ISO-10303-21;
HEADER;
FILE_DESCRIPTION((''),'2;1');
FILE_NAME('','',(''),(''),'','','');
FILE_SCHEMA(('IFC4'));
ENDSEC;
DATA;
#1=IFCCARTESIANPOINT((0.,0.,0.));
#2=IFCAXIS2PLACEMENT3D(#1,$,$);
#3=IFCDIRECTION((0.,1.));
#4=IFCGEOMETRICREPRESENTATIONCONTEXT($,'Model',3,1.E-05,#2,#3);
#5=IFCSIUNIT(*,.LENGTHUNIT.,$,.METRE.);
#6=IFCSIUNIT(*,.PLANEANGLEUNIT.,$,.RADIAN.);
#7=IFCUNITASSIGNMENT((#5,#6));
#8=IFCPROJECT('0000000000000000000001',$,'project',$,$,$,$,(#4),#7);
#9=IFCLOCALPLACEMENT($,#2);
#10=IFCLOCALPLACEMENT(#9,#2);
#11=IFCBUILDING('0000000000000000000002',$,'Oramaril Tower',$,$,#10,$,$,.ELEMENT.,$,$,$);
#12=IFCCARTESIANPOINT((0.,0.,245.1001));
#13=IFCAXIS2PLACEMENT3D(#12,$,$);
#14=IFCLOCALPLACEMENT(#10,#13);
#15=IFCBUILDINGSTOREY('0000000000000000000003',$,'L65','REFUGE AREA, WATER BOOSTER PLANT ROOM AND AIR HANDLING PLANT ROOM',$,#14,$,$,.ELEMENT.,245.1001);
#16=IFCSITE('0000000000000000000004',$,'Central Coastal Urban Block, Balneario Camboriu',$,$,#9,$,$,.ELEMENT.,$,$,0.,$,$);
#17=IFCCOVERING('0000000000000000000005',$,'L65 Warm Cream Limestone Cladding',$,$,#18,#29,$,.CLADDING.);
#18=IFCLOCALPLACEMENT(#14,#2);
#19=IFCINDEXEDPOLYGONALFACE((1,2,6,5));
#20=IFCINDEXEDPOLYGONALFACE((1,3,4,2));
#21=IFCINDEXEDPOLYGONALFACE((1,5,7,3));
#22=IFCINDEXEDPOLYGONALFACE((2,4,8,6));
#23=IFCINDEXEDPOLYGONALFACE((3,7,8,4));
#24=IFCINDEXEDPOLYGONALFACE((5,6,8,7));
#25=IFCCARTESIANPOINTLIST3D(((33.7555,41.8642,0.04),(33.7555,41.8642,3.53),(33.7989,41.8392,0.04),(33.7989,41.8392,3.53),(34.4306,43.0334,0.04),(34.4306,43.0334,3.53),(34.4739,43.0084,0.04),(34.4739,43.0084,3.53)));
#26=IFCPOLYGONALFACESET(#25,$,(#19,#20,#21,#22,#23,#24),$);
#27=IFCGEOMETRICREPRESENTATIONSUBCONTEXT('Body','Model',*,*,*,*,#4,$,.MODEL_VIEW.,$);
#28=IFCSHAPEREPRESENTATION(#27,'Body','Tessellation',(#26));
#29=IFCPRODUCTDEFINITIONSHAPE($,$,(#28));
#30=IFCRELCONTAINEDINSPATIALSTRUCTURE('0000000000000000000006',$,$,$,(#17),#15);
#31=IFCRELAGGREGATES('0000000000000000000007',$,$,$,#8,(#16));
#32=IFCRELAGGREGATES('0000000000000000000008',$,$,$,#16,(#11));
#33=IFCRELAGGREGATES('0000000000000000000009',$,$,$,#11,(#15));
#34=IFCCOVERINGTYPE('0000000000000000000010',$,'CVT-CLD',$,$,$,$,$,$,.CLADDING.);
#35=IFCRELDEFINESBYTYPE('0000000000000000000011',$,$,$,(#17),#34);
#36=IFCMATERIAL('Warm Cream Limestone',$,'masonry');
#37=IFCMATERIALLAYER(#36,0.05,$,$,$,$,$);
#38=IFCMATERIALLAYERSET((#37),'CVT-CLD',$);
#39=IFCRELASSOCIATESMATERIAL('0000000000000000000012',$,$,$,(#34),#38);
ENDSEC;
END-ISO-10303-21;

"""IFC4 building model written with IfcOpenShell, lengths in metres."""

from ifc_helpers import new_model, si_unit, direction, frame, origin, origin_2d, place, context, subcontext, project, spatial, rectangle, extrude, material, layer, layer_set, type_object, element, save


model = new_model("IFC4")

# Units and contexts
model_context = context("Model", 3, precision=1e-05, world=origin(), true_north=direction((0.0, 1.0)))
body_context = subcontext(model_context, "Body", "Model", "MODEL_VIEW")
ifc_project = project(units=[si_unit("LENGTHUNIT", "METRE"), si_unit("PLANEANGLEUNIT", "RADIAN")], contexts=[model_context])

# Site, building, storey
site_placement = place(None, origin())
site = spatial("IfcSite", under=ifc_project, at=site_placement, Name="Central Coastal Urban Block, Balneario Camboriu", CompositionType="ELEMENT", RefElevation=0.0)
building_placement = place(site_placement, origin())
building = spatial("IfcBuilding", under=site, at=building_placement, Name="Oramaril Tower", CompositionType="ELEMENT")
storey_placement = place(building_placement, frame((0.0, 0.0, 245.1001)))
storey = spatial("IfcBuildingStorey", under=building, at=storey_placement, Name="L65", Description="REFUGE AREA, WATER BOOSTER PLANT ROOM AND AIR HANDLING PLANT ROOM", CompositionType="ELEMENT", Elevation=245.1001)

# Covering
ifc_material_1 = material(Name="Warm Cream Limestone", Category="masonry")
ifc_layer_1 = layer(ifc_material_1, 0.05)
ifc_layer_set_1 = layer_set([ifc_layer_1], Name="CVT-CLD")
covering_type = type_object("IfcCoveringType", Name="CVT-CLD", PredefinedType="CLADDING", material=ifc_layer_set_1)
covering_placement = place(storey_placement, frame((34.1147, 42.4363, 0.04), z_axis=(0.0, 0.0, 1.0), x_axis=(-0.5, -0.866025, 0.0)))
element("IfcCovering", 1, at=covering_placement, inside=storey, type_object=covering_type, Name="L65 Warm Cream Limestone Cladding", PredefinedType="CLADDING", context=body_context, shape_type="SweptSolid", body=[
    extrude(rectangle(XDim=1.3501, YDim=0.05, at=origin_2d()), origin(), (0.0, 0.0, 1.0), 3.49),
])

save(model, "model.ifc")
